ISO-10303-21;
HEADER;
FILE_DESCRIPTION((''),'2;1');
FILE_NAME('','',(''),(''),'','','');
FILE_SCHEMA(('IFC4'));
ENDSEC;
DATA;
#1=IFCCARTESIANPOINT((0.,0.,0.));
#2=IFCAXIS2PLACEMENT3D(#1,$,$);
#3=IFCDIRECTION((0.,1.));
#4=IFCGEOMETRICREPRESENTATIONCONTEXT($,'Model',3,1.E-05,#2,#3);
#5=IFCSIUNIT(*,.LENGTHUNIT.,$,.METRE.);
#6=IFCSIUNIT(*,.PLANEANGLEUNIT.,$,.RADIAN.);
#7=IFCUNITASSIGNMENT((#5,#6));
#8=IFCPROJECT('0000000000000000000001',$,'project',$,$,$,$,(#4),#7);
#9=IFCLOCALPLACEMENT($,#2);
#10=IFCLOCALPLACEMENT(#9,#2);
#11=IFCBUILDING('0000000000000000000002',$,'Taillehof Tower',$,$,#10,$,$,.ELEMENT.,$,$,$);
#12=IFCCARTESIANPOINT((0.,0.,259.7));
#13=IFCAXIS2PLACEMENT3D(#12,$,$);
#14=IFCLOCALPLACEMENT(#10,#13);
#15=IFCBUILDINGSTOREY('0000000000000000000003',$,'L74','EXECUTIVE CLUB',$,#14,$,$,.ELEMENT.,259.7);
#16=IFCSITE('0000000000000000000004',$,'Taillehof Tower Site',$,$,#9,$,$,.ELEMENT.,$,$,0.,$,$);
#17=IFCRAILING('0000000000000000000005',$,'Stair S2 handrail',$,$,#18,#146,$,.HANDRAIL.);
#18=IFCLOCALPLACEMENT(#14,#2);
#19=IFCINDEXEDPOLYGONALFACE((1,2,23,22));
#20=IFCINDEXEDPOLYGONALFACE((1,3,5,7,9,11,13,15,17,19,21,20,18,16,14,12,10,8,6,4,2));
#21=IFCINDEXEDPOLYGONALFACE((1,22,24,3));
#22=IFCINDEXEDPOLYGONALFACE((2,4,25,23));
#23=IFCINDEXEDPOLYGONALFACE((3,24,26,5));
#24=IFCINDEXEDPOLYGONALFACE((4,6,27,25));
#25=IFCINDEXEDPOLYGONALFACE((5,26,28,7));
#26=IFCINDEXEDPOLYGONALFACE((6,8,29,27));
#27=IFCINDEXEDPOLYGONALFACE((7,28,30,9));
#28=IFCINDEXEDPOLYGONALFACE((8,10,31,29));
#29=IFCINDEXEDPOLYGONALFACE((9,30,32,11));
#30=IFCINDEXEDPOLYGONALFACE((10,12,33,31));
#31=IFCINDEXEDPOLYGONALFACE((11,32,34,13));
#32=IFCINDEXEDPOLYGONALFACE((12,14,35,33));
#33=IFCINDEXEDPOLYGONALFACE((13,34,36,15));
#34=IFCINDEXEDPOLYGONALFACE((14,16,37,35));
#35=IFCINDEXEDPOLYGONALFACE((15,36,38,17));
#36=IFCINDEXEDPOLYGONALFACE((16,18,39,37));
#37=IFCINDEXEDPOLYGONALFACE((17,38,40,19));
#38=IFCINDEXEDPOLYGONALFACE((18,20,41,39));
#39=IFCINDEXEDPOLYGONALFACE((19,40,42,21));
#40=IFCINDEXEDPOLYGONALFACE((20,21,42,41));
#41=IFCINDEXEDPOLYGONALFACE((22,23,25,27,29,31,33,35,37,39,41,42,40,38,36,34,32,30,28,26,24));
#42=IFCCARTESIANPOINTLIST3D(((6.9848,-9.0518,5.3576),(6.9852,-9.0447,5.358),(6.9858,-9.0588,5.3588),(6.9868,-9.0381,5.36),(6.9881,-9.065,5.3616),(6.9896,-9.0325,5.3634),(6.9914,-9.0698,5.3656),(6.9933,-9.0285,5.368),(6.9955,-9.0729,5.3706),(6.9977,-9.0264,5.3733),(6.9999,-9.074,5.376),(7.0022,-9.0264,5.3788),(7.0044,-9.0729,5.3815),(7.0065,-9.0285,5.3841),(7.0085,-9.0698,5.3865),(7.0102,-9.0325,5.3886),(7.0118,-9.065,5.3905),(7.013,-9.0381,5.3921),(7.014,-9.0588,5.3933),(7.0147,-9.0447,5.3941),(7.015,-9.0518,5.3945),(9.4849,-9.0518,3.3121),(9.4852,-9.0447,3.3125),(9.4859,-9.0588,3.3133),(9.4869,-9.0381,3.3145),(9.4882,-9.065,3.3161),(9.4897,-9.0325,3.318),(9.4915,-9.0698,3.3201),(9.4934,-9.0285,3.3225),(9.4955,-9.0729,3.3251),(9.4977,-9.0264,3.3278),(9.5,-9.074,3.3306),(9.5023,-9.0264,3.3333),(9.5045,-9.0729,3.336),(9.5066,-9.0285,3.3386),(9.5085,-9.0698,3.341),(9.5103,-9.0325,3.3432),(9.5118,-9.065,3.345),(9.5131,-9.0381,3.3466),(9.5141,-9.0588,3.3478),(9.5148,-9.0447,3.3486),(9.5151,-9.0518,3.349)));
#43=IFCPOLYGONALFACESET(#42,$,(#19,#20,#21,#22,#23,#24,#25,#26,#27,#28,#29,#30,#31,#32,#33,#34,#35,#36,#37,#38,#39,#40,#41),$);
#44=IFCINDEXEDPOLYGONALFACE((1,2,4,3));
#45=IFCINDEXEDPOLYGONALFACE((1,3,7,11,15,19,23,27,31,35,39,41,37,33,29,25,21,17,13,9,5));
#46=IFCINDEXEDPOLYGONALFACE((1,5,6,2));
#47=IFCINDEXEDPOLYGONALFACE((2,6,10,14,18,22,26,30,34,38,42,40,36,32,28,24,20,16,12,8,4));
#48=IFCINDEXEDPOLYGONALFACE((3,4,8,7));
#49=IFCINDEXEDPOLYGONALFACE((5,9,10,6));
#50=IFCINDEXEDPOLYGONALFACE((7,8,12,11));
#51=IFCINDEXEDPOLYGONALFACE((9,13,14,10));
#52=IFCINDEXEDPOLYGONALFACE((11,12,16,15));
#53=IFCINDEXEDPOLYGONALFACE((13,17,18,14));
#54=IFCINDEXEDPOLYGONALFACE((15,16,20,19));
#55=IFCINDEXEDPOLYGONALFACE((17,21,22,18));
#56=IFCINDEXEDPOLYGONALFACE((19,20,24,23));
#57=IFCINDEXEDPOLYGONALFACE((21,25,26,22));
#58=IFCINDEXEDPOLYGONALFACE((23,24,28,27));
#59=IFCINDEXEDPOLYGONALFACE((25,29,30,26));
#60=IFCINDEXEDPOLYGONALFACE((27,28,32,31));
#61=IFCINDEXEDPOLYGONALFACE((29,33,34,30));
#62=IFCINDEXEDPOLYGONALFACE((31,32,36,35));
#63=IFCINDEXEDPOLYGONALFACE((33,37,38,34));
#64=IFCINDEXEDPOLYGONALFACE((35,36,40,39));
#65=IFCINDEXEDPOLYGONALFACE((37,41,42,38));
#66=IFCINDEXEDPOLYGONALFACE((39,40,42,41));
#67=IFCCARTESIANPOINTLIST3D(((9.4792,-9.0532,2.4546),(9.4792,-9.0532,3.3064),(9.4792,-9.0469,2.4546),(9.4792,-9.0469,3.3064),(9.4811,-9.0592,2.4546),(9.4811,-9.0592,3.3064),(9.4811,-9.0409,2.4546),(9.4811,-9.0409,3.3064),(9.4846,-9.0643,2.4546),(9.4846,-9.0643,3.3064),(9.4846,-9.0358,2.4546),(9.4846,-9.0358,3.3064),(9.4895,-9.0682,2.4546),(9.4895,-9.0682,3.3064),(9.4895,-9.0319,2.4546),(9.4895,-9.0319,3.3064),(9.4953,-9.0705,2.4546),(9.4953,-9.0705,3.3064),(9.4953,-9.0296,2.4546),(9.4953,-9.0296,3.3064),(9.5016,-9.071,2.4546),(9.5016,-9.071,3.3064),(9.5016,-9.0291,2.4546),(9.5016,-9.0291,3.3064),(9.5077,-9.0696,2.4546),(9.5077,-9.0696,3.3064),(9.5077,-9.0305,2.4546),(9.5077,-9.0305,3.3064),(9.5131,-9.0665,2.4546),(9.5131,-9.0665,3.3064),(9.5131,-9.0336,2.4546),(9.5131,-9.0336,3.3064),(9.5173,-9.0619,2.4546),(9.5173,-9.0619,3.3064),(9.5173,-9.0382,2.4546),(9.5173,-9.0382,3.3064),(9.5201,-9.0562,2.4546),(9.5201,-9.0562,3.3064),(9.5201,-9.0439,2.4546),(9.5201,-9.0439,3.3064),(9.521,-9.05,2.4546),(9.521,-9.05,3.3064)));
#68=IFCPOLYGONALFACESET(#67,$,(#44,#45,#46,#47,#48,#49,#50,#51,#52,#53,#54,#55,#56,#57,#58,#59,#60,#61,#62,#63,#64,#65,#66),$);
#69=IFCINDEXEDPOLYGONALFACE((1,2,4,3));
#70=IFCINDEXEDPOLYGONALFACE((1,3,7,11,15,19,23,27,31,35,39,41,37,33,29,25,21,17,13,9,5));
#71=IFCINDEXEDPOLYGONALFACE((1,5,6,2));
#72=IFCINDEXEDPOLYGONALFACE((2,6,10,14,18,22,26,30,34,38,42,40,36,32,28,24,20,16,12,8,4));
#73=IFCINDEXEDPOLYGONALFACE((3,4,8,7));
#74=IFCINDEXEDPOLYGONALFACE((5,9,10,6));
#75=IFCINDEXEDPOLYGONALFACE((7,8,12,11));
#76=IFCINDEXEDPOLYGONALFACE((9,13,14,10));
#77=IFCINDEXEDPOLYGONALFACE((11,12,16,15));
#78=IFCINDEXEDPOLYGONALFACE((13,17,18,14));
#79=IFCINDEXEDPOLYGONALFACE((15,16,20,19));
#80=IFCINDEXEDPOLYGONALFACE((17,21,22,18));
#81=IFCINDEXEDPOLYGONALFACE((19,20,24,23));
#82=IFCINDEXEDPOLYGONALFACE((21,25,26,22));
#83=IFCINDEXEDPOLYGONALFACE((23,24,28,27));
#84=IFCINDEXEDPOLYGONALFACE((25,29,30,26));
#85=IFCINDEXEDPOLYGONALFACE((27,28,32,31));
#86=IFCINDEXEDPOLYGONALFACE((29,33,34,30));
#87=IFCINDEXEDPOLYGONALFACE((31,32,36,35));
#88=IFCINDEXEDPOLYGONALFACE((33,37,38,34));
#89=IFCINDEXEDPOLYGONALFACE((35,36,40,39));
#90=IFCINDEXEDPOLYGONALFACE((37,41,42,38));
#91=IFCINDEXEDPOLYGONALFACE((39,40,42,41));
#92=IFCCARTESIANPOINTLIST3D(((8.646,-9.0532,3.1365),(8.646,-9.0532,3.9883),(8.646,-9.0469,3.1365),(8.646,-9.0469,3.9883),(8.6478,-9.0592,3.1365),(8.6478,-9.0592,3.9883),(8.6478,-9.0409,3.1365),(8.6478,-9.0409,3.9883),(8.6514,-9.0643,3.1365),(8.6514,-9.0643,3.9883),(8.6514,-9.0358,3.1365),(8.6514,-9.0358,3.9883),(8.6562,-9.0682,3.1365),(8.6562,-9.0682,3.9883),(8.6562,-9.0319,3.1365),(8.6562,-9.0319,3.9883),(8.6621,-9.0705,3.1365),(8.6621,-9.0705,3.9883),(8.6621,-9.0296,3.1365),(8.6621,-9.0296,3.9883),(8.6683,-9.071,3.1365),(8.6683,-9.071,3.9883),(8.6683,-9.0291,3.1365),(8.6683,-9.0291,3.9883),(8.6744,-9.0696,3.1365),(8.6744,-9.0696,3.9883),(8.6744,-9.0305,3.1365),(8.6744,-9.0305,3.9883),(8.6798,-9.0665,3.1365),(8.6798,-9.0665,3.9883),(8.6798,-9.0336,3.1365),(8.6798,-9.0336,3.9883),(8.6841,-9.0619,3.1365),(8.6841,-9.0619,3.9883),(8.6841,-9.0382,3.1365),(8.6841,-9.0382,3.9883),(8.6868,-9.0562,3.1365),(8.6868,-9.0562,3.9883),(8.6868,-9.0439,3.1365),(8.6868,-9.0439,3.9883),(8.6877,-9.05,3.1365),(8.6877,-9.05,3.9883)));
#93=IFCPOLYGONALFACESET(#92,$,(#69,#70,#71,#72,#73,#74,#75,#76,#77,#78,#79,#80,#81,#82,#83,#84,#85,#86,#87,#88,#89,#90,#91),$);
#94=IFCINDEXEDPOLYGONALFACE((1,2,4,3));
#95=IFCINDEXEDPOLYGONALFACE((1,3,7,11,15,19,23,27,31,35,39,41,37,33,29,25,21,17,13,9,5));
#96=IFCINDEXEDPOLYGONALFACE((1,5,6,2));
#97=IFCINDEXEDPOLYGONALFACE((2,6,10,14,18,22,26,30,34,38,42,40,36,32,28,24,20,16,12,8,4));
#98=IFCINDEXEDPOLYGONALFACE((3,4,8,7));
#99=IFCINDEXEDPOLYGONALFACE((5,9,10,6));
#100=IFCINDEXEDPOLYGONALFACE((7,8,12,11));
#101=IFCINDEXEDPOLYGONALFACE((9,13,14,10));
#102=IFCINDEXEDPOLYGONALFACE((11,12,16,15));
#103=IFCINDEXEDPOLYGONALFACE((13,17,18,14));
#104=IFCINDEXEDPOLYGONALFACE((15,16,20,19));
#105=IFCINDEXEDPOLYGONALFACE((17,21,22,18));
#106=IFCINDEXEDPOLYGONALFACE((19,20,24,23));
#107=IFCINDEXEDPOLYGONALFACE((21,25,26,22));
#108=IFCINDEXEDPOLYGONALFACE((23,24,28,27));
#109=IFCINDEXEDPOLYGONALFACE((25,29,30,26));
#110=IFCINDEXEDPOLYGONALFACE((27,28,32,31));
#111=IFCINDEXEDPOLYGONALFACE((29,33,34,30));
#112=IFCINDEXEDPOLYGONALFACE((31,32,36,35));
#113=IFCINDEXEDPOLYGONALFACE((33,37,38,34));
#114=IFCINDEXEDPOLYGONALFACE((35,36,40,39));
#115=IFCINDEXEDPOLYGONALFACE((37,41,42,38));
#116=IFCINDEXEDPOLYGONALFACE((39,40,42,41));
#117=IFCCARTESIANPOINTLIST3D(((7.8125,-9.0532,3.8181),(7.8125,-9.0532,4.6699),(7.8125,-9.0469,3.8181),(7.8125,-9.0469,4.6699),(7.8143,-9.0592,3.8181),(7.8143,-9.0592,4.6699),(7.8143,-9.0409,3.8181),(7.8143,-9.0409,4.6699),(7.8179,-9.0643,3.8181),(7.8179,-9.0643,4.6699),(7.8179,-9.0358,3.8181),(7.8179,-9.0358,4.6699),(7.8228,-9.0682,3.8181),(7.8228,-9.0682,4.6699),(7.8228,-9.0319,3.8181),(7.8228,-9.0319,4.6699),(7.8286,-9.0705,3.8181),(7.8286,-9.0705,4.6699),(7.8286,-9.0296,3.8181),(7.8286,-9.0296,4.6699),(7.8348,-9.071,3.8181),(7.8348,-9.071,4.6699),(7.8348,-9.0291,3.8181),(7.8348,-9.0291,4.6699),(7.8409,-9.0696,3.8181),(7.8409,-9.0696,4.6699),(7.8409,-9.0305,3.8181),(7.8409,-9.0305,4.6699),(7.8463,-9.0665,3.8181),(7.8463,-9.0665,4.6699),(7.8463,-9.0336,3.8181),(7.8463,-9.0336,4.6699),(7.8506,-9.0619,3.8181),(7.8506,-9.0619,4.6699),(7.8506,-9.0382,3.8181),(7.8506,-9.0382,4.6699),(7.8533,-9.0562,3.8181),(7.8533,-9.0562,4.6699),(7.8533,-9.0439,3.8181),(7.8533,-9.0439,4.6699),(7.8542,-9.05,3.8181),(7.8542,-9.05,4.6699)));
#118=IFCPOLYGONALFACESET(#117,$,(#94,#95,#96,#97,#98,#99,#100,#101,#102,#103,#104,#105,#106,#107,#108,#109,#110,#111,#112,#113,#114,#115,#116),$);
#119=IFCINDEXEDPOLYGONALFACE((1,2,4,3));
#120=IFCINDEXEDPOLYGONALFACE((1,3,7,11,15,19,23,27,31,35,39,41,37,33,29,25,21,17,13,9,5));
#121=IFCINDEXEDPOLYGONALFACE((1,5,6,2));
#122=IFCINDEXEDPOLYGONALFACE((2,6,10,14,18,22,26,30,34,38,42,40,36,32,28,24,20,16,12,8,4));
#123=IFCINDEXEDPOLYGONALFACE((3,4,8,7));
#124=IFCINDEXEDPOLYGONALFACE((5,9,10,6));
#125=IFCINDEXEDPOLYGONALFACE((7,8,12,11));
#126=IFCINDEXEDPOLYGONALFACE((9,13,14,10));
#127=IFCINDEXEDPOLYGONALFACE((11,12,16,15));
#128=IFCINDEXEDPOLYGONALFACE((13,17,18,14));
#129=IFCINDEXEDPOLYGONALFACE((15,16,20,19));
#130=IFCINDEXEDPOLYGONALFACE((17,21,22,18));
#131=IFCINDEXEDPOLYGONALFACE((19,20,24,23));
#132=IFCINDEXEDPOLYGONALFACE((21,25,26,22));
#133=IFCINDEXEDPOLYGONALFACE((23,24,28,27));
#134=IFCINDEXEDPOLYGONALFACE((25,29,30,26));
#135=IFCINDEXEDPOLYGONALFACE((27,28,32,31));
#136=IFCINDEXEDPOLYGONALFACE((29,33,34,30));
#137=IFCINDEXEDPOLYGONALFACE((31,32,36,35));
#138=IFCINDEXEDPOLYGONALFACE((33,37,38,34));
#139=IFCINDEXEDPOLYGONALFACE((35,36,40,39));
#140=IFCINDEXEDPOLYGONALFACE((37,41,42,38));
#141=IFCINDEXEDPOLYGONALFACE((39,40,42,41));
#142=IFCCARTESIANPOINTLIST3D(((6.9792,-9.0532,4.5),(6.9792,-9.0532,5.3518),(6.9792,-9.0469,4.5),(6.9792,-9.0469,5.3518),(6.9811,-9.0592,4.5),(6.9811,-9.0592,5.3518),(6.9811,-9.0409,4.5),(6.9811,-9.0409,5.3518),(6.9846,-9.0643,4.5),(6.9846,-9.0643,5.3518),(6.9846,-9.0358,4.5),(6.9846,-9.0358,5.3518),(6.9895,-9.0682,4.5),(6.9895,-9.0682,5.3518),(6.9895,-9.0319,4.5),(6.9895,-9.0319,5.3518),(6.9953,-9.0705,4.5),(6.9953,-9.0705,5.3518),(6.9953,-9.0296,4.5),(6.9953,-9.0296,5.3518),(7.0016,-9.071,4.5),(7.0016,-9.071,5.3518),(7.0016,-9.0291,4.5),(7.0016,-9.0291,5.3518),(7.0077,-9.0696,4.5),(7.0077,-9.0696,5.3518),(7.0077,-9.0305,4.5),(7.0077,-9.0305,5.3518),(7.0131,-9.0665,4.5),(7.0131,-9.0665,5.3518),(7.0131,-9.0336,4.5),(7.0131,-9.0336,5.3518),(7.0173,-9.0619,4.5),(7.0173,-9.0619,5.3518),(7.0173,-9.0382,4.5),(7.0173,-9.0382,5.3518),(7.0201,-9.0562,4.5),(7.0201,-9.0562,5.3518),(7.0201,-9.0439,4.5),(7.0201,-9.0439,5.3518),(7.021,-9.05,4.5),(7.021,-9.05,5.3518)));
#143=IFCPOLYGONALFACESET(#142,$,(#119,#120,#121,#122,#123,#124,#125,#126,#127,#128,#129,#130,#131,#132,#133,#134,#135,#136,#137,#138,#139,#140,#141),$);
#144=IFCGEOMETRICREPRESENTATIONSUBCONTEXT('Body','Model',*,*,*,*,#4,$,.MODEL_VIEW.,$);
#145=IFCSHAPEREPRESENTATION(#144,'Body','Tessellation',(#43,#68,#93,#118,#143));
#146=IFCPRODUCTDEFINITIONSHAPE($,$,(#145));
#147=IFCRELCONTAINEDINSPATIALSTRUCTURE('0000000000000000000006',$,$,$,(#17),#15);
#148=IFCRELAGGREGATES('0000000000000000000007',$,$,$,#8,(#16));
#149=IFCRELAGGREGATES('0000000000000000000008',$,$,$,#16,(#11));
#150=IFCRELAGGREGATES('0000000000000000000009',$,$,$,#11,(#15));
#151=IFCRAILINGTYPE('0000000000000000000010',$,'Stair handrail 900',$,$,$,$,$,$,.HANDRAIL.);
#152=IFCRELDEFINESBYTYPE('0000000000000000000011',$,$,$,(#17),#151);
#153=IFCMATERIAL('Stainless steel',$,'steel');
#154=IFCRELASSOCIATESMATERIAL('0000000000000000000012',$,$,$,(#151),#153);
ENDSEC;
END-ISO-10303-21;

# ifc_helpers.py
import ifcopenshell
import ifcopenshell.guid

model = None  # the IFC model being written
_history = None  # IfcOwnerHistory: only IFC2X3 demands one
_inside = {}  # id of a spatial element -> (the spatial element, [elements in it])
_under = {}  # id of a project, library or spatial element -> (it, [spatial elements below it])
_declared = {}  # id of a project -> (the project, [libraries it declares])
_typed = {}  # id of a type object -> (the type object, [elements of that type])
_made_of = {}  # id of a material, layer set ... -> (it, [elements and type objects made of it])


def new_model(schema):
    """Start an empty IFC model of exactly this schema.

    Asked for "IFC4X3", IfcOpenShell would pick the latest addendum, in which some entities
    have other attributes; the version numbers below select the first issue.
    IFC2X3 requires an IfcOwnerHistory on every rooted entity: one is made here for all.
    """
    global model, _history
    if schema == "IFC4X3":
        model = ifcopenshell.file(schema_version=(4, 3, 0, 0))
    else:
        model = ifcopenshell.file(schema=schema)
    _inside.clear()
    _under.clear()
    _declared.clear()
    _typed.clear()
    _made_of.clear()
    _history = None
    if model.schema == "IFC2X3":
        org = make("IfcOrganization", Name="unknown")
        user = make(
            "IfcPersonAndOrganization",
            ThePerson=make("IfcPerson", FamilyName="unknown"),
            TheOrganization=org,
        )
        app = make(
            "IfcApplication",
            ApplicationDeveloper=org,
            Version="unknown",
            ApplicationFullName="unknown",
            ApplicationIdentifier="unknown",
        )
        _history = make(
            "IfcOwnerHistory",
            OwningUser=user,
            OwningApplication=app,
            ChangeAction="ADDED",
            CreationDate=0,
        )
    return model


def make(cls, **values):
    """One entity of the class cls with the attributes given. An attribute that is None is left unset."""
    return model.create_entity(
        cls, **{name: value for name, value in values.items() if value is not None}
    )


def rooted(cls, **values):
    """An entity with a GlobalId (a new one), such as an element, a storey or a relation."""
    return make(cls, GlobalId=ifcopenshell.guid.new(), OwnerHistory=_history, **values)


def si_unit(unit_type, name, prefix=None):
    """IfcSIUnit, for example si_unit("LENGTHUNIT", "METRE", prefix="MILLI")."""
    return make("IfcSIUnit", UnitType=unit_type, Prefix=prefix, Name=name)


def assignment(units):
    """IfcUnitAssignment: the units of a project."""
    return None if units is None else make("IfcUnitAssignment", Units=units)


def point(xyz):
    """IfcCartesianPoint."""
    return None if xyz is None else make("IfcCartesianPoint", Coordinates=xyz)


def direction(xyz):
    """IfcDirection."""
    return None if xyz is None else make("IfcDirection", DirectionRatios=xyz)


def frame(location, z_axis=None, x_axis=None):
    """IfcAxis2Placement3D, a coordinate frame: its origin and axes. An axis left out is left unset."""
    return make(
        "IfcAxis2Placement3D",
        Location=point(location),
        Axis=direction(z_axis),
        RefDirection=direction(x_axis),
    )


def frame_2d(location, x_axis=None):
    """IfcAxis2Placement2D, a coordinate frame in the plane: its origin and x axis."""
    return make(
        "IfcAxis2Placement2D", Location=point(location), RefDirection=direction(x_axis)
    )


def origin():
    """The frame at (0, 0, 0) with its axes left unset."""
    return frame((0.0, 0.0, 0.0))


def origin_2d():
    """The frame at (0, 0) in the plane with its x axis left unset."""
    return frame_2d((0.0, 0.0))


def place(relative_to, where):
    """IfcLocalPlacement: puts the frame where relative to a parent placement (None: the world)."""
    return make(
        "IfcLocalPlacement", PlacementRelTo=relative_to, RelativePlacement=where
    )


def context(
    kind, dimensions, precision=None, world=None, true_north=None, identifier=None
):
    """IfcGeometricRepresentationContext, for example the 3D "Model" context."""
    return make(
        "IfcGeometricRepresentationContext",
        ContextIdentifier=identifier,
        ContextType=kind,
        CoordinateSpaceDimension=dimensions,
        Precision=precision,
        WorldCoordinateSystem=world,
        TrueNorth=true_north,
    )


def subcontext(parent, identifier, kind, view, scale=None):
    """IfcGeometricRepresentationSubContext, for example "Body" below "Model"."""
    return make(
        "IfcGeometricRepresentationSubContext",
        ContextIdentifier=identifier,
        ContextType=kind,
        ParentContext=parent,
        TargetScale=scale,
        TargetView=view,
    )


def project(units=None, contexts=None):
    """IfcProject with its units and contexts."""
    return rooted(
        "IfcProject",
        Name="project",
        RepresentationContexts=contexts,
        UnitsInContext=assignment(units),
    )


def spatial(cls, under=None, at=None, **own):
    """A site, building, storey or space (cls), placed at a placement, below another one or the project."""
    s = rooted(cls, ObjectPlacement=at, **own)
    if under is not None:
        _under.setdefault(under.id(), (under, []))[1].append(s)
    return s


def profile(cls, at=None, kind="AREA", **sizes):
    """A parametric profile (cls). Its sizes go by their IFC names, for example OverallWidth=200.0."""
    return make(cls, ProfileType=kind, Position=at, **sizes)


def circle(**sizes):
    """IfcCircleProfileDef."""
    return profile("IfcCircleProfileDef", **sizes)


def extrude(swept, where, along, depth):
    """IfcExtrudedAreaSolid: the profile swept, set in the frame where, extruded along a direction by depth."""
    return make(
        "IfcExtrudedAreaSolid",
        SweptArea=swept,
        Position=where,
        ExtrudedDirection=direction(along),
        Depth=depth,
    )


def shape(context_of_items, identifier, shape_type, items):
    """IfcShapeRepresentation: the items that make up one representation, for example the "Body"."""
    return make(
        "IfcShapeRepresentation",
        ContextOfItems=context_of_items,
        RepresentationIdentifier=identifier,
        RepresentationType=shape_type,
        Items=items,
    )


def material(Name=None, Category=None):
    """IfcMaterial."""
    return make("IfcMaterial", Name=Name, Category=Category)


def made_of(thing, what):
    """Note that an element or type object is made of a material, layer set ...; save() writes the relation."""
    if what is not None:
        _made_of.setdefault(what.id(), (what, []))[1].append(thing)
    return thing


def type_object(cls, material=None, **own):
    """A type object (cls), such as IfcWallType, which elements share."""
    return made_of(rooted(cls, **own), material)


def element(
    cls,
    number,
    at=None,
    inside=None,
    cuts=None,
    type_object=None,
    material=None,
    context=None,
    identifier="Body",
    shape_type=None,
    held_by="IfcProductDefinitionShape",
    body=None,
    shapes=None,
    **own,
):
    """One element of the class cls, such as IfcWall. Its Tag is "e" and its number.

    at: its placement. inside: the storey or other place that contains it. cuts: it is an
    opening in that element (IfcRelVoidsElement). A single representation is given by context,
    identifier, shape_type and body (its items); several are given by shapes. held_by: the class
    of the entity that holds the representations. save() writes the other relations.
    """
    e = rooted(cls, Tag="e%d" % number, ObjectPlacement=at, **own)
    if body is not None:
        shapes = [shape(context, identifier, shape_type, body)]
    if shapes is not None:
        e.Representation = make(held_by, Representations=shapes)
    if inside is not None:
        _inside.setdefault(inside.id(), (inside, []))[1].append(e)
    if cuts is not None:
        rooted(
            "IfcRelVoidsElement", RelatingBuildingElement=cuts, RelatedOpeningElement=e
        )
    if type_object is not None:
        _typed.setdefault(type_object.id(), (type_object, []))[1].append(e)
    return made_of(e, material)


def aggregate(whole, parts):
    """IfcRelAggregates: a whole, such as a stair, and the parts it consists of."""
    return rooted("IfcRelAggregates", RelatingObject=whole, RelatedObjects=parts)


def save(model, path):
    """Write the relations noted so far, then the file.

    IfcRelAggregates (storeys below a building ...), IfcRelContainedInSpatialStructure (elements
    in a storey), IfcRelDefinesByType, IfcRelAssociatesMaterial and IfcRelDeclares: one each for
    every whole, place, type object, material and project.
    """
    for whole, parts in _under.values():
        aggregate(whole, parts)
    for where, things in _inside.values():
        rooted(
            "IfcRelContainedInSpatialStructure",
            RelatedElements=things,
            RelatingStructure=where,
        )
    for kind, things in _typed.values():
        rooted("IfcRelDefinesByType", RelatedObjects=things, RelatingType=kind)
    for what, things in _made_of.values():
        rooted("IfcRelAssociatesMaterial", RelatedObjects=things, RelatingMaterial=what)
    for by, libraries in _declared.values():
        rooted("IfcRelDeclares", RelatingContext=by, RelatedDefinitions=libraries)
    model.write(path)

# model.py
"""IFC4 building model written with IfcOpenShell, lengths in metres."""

from ifc_helpers import new_model, si_unit, direction, frame, origin, origin_2d, place, context, subcontext, project, spatial, circle, extrude, material, type_object, element, save


model = new_model("IFC4")

# Units and contexts
model_context = context("Model", 3, precision=1e-05, world=origin(), true_north=direction((0.0, 1.0)))
body_context = subcontext(model_context, "Body", "Model", "MODEL_VIEW")
ifc_project = project(units=[si_unit("LENGTHUNIT", "METRE"), si_unit("PLANEANGLEUNIT", "RADIAN")], contexts=[model_context])

# Site, building, storey
site_placement = place(None, origin())
site = spatial("IfcSite", under=ifc_project, at=site_placement, Name="Taillehof Tower Site", CompositionType="ELEMENT", RefElevation=0.0)
building_placement = place(site_placement, origin())
building = spatial("IfcBuilding", under=site, at=building_placement, Name="Taillehof Tower", CompositionType="ELEMENT")
storey_placement = place(building_placement, frame((0.0, 0.0, 259.7)))
storey = spatial("IfcBuildingStorey", under=building, at=storey_placement, Name="L74", Description="EXECUTIVE CLUB", CompositionType="ELEMENT", Elevation=259.7)

# Railing
ifc_material_1 = material(Name="Stainless steel", Category="steel")
railing_type = type_object("IfcRailingType", Name="Stair handrail 900", PredefinedType="HANDRAIL", material=ifc_material_1)
railing_1_placement = place(storey_placement, frame((9.5, -9.05, 2.4546)))
element("IfcRailing", 1, at=railing_1_placement, inside=storey, type_object=railing_type, Name="Stair S2 handrail", PredefinedType="HANDRAIL", context=body_context, shape_type="SweptSolid", body=[
    extrude(circle(Radius=0.0239, at=origin_2d()), frame((0.0, 0.0, 0.876), z_axis=(-0.773964, 0.0, 0.63323), x_axis=(0.0, -1.0, 0.0)), (0.0, 0.0, 1.0), 3.2302),
    extrude(circle(Radius=0.021, at=origin_2d()), origin(), (0.0, 0.0, 1.0), 0.8518),
    extrude(circle(Radius=0.021, at=origin_2d()), frame((-0.8333, 0.0, 0.6819)), (0.0, 0.0, 1.0), 0.8518),
    extrude(circle(Radius=0.021, at=origin_2d()), frame((-1.6667, 0.0, 1.3635)), (0.0, 0.0, 1.0), 0.8518),
    extrude(circle(Radius=0.021, at=origin_2d()), frame((-2.5, 0.0, 2.0454)), (0.0, 0.0, 1.0), 0.8518),
])

save(model, "model.ifc")
